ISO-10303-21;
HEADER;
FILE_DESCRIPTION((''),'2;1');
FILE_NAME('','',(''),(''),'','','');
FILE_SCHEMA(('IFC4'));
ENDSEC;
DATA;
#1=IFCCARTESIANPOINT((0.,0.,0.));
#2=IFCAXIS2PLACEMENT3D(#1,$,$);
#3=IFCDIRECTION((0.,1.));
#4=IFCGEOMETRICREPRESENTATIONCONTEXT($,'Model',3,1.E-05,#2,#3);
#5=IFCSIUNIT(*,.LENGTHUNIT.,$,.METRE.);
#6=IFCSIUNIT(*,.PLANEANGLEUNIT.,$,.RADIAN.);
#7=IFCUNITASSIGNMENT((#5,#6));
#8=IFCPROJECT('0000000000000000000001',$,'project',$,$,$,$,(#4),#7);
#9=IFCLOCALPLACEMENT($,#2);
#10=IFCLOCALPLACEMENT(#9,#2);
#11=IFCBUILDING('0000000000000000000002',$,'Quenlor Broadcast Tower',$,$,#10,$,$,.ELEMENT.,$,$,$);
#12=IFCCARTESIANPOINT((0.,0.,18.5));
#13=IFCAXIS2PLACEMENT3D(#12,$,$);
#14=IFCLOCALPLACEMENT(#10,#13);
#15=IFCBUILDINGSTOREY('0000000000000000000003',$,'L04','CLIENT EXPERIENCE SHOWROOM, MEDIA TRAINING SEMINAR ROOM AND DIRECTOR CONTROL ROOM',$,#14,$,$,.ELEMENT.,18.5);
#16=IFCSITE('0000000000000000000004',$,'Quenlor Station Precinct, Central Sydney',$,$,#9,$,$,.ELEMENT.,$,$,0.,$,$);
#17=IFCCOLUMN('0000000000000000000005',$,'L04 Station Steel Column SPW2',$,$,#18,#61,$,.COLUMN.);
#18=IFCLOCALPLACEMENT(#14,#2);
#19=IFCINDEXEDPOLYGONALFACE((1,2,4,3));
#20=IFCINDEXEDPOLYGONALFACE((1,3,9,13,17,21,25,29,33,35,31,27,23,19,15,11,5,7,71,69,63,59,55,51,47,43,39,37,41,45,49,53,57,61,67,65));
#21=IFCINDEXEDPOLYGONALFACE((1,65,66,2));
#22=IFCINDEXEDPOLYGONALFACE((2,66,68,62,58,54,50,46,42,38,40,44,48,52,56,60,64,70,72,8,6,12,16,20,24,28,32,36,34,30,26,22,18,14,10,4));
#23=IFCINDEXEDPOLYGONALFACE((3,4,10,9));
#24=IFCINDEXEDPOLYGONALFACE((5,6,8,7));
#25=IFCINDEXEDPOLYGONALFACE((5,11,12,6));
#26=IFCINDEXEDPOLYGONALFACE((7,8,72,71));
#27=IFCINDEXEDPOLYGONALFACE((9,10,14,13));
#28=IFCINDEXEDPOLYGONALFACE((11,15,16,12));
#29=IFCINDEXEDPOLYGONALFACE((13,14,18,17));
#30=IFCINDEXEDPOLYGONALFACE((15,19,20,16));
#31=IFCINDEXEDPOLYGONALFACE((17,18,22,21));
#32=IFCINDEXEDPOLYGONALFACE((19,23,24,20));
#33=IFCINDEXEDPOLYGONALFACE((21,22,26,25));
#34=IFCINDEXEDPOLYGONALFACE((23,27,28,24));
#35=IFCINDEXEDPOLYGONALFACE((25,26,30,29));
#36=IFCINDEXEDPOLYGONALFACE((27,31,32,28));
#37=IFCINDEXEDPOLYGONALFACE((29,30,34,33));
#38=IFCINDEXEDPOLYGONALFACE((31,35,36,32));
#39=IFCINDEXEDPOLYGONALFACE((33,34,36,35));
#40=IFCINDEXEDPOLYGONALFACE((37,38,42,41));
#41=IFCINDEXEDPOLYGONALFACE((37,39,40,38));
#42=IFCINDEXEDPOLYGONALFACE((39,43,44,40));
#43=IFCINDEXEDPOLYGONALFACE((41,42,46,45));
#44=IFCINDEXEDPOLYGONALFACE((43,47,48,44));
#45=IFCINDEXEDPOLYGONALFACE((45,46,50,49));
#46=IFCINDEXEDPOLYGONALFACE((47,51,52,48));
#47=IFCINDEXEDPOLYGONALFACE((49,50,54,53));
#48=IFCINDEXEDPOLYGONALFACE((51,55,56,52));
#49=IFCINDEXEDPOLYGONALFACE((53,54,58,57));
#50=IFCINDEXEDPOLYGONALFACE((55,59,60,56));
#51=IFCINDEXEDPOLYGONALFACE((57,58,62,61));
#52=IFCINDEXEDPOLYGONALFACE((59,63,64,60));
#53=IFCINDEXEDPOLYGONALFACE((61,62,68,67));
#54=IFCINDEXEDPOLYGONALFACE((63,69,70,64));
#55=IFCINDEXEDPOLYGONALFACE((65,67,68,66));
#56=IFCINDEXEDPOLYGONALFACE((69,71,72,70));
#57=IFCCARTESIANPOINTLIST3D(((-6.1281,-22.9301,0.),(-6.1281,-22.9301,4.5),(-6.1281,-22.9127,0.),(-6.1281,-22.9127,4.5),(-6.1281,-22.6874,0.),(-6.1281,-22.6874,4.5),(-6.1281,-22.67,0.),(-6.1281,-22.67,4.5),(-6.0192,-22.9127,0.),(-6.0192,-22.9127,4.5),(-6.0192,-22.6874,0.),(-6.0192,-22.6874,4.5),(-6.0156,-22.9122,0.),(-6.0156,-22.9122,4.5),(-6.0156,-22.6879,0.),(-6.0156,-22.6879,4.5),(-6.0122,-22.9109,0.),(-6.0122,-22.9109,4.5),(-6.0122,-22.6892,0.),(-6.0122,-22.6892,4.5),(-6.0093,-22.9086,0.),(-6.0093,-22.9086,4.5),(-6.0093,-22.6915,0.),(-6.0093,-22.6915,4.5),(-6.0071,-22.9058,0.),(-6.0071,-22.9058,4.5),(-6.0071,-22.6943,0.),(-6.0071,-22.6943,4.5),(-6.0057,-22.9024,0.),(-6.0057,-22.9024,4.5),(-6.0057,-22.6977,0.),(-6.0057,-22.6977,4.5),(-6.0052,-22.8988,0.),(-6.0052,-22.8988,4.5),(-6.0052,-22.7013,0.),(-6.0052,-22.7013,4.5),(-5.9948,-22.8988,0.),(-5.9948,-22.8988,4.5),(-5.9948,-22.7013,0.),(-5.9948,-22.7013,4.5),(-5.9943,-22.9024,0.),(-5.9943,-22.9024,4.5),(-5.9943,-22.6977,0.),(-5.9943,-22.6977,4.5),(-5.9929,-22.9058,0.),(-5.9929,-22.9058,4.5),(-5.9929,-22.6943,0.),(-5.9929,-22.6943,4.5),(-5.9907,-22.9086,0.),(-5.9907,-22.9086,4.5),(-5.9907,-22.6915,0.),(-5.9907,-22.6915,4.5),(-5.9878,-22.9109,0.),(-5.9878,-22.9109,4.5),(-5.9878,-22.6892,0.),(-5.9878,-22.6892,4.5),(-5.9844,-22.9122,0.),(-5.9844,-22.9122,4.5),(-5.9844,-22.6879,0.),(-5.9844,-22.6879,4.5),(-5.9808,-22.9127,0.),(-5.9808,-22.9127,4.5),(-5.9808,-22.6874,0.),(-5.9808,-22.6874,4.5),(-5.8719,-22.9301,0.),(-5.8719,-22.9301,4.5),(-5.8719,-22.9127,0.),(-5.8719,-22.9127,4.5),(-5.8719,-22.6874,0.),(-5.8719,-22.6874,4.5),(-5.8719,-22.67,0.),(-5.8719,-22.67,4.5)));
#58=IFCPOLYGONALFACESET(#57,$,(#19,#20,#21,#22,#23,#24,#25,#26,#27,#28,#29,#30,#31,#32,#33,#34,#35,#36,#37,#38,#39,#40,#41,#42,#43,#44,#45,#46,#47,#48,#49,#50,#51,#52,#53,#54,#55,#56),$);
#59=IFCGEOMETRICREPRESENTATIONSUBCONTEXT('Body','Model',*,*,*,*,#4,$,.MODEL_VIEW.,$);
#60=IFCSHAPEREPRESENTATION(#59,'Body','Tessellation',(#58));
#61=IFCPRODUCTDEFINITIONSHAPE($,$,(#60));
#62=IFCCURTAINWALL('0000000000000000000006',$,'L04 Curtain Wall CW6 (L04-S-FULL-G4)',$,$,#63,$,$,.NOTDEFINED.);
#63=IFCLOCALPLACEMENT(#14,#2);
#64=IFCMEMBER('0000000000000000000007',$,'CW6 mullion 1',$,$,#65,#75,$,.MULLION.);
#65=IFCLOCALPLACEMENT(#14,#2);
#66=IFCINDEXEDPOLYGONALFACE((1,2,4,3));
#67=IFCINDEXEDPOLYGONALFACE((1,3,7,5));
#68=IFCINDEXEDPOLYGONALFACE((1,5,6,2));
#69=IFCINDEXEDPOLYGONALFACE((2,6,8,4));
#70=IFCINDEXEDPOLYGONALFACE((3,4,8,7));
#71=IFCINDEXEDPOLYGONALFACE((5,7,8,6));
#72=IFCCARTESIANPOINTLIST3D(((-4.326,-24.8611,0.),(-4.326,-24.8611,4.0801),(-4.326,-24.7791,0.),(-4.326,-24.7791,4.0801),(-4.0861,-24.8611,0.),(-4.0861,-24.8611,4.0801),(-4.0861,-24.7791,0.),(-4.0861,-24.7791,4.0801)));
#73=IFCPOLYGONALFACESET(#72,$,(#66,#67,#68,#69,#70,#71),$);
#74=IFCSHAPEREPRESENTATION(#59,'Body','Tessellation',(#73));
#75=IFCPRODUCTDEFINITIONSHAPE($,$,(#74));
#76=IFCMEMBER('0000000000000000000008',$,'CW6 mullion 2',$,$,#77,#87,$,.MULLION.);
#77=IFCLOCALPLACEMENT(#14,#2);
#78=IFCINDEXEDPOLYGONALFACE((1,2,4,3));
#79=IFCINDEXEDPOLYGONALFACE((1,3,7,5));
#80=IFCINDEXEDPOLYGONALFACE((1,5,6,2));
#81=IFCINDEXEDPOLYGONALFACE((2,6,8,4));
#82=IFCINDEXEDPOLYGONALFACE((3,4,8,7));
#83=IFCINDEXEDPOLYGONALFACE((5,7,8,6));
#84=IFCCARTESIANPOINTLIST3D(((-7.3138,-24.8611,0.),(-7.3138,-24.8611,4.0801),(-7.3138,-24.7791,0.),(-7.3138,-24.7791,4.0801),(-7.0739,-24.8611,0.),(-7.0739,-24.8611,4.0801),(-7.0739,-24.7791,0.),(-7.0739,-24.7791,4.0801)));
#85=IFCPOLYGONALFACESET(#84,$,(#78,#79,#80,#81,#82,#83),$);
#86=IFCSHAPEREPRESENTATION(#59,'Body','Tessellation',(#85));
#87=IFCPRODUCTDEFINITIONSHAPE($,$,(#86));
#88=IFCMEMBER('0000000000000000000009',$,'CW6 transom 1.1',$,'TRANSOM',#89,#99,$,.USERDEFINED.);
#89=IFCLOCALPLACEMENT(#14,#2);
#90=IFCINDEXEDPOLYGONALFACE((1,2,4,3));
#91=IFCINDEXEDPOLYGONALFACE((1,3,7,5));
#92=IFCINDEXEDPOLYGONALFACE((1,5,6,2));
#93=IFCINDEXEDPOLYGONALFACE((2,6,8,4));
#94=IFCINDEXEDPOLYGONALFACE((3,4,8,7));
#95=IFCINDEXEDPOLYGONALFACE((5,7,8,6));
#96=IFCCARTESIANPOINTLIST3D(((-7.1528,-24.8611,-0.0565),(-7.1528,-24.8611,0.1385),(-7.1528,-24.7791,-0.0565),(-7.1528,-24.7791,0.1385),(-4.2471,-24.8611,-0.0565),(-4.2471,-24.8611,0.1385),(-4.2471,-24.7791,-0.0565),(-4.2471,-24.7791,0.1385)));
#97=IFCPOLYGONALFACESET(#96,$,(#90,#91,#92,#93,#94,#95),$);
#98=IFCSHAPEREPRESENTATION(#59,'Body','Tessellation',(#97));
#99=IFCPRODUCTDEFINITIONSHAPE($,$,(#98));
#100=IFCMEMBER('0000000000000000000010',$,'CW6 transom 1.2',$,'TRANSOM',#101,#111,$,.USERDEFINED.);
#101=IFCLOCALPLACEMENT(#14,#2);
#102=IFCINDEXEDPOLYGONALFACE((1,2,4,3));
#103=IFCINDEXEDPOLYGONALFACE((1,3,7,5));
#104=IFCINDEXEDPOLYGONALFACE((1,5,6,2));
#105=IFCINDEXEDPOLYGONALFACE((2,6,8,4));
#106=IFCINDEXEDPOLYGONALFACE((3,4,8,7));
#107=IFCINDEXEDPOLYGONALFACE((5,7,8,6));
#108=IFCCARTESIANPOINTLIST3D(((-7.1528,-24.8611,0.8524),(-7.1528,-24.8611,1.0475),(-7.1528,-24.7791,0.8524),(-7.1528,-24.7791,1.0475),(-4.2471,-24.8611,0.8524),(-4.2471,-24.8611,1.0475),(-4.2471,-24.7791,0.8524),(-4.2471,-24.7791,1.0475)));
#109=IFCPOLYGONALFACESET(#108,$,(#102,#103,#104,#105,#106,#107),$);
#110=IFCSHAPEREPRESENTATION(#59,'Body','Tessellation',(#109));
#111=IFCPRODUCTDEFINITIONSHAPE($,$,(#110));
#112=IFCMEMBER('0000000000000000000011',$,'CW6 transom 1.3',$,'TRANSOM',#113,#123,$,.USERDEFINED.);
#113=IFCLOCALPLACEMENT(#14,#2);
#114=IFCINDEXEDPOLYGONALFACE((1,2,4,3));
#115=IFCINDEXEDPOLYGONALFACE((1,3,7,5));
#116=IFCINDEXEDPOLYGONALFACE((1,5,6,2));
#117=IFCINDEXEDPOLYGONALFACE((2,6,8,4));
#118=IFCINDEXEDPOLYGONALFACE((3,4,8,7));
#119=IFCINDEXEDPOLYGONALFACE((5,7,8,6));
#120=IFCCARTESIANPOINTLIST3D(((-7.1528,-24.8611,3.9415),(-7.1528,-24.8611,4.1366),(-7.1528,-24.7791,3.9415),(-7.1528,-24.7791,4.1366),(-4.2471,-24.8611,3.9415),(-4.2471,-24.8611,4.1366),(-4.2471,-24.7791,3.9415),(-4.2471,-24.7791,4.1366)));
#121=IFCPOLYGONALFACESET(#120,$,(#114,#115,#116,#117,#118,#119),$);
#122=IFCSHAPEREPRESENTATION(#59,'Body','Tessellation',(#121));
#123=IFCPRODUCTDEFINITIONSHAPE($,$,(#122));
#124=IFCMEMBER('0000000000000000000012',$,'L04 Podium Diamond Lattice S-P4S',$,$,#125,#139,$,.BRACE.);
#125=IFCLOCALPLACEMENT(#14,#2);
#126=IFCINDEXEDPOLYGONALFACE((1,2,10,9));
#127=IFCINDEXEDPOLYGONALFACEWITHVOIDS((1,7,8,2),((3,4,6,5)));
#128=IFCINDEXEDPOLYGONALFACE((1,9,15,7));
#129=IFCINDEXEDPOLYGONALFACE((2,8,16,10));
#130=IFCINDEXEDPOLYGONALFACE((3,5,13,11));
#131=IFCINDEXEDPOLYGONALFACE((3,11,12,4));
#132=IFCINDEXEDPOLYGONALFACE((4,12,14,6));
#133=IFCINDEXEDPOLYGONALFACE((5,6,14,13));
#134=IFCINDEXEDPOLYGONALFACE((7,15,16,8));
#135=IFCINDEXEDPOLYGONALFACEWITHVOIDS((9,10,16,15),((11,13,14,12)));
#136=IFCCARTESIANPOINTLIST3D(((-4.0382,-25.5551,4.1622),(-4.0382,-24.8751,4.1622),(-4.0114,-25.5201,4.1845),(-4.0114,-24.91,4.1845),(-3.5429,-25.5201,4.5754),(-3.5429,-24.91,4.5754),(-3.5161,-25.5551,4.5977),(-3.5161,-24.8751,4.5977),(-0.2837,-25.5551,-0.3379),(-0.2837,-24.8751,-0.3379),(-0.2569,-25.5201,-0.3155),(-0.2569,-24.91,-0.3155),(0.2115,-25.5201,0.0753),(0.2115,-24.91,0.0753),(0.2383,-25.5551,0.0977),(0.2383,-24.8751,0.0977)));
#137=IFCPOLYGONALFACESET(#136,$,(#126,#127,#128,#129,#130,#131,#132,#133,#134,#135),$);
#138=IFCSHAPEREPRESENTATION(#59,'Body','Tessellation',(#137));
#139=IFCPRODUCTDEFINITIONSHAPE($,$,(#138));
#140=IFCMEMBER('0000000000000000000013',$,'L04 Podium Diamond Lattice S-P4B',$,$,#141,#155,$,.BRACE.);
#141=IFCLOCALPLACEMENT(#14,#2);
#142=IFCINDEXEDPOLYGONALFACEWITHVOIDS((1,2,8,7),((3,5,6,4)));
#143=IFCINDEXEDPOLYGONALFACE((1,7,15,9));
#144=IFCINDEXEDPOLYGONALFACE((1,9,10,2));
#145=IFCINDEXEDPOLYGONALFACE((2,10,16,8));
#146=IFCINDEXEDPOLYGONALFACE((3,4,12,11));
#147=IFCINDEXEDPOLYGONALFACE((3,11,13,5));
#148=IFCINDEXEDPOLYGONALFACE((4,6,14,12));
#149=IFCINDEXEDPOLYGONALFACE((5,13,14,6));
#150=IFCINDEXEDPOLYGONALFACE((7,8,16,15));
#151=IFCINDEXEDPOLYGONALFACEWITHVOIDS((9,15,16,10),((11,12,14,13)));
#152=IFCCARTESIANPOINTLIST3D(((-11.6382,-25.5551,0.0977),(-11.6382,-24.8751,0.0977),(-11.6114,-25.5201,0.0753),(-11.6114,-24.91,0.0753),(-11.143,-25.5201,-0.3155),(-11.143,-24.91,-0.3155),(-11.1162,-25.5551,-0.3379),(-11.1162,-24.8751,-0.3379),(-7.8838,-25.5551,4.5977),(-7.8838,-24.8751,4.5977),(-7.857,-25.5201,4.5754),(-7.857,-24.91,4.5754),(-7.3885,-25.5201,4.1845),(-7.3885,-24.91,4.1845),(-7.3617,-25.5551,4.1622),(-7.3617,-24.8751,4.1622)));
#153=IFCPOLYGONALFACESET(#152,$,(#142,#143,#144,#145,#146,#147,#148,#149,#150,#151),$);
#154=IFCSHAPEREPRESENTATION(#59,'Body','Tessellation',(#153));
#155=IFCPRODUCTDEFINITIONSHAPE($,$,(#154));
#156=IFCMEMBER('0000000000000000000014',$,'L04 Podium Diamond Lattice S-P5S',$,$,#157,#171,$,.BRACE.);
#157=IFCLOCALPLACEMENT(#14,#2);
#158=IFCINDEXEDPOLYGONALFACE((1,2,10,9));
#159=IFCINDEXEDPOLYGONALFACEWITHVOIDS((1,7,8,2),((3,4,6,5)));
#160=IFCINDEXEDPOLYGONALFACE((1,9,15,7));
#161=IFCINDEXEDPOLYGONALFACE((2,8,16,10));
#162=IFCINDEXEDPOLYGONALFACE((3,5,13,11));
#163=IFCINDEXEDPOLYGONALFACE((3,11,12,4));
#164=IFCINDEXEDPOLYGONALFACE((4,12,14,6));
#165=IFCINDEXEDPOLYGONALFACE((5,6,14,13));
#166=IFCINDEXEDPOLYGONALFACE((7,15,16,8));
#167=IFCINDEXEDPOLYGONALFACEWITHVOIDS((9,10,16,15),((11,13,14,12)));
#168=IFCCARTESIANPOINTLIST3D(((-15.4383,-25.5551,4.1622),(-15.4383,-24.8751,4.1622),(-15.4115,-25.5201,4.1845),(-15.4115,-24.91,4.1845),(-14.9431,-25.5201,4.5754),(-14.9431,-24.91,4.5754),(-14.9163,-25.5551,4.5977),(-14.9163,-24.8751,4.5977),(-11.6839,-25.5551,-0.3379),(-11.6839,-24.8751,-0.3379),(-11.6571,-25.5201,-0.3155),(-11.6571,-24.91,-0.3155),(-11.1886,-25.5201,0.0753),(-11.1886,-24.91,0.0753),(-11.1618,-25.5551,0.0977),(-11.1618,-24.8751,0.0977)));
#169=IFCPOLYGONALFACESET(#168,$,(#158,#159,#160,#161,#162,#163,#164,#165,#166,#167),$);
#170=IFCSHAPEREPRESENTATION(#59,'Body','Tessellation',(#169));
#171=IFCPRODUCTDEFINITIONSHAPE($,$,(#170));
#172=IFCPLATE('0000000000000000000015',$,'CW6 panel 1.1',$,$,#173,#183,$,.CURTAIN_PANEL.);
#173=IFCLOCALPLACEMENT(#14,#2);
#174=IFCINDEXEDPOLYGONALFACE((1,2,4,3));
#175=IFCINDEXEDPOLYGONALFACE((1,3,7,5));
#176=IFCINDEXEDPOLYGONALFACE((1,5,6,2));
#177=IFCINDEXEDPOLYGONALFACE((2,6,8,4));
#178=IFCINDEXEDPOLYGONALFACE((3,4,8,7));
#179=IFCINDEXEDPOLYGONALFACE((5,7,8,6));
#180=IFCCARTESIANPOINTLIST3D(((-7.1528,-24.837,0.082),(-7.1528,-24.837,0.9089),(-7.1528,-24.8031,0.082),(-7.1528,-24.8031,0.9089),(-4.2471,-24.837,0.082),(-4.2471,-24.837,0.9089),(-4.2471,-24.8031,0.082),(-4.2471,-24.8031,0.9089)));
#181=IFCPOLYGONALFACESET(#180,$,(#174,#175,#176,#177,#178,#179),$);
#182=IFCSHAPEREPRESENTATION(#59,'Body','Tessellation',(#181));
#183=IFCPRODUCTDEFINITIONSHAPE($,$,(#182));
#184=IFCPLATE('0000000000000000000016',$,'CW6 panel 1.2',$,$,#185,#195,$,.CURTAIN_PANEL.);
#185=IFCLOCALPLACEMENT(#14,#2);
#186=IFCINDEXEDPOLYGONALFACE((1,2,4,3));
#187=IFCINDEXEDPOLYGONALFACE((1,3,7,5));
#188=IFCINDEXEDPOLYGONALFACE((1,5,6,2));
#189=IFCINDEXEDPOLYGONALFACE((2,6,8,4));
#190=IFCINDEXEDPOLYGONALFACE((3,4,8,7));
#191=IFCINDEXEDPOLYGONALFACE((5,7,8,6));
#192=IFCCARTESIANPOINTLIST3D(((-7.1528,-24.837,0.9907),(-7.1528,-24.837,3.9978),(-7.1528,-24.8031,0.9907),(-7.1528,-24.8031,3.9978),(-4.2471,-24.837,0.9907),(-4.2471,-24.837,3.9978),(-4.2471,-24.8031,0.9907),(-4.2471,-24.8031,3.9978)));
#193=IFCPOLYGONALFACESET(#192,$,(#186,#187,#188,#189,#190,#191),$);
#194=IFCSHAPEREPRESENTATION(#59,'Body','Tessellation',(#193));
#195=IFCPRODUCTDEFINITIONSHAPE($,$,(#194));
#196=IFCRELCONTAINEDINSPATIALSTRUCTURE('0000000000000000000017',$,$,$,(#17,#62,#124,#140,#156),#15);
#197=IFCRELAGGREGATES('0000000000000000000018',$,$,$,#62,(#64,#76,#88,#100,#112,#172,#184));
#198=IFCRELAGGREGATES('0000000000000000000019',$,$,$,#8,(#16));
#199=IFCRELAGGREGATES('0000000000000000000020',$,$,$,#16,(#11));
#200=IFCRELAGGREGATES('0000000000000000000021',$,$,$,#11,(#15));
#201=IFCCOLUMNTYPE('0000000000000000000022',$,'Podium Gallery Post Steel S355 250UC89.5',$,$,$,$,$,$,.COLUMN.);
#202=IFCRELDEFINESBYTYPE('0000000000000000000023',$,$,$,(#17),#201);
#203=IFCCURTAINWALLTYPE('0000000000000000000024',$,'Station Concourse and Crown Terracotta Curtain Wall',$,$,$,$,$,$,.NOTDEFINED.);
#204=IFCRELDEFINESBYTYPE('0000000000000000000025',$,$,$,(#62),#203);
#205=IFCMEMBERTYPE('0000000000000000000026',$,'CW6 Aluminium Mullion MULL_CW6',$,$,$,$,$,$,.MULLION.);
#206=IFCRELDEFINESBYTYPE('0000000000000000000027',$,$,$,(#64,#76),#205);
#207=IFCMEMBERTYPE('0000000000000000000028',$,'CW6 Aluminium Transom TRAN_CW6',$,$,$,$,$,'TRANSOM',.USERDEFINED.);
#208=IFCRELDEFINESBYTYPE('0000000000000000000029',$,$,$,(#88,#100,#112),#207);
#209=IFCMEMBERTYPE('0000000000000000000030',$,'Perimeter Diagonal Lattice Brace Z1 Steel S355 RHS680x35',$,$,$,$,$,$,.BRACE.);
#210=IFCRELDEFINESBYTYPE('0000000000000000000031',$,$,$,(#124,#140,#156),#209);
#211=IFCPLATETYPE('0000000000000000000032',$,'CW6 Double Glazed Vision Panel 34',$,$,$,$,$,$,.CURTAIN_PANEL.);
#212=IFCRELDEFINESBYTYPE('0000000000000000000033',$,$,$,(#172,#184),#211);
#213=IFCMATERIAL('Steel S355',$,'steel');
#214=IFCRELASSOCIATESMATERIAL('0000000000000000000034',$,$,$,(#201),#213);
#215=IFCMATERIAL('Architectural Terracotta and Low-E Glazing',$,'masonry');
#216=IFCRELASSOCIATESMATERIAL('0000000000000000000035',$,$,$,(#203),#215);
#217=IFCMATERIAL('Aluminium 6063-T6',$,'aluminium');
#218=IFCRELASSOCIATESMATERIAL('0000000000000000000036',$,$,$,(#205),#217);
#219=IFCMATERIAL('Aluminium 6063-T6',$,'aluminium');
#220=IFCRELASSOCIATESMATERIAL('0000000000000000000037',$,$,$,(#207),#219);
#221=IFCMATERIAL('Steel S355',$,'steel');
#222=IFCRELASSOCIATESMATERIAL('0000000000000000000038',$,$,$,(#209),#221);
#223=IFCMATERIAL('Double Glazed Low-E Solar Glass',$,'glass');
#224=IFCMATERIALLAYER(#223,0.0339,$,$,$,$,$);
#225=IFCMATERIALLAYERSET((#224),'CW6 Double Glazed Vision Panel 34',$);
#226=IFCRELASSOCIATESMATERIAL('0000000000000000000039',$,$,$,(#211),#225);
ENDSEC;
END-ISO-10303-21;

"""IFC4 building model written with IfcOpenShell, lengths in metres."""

from ifc_helpers import new_model, si_unit, direction, frame, origin, origin_2d, place, context, subcontext, project, spatial, rectangle, hollow_rectangle, i_section, extrude, material, layer, layer_set, material_profile, profile_set, type_object, element, aggregate, save


model = new_model("IFC4")

# Units and contexts
model_context = context("Model", 3, precision=1e-05, world=origin(), true_north=direction((0.0, 1.0)))
body_context = subcontext(model_context, "Body", "Model", "MODEL_VIEW")
ifc_project = project(units=[si_unit("LENGTHUNIT", "METRE"), si_unit("PLANEANGLEUNIT", "RADIAN")], contexts=[model_context])

# Site, building, storey
site_placement = place(None, origin())
site = spatial("IfcSite", under=ifc_project, at=site_placement, Name="Quenlor Station Precinct, Central Sydney", CompositionType="ELEMENT", RefElevation=0.0)
building_placement = place(site_placement, origin())
building = spatial("IfcBuilding", under=site, at=building_placement, Name="Quenlor Broadcast Tower", CompositionType="ELEMENT")
storey_placement = place(building_placement, frame((0.0, 0.0, 18.5)))
storey = spatial("IfcBuildingStorey", under=building, at=storey_placement, Name="L04", Description="CLIENT EXPERIENCE SHOWROOM, MEDIA TRAINING SEMINAR ROOM AND DIRECTOR CONTROL ROOM", CompositionType="ELEMENT", Elevation=18.5)

# Column
ifc_material_1 = material(Name="Steel S355", Category="steel")
ifc_material_profile_1 = material_profile(ifc_material_1, i_section(OverallWidth=0.2561, OverallDepth=0.26, WebThickness=0.0105, FlangeThickness=0.0173, FilletRadius=0.0139, at=origin_2d()))
ifc_profile_set_1 = profile_set([ifc_material_profile_1], Name="Steel S355 250UC89.5")
column_type = type_object("IfcColumnType", Name="Podium Gallery Post Steel S355 250UC89.5", PredefinedType="COLUMN", material=ifc_profile_set_1)
column_placement = place(storey_placement, frame((-6.0, -22.8, 0.0), z_axis=(0.0, 0.0, 1.0), x_axis=(1.0, 0.0, 0.0)))
element("IfcColumn", 1, at=column_placement, inside=storey, type_object=column_type, Name="L04 Station Steel Column SPW2", PredefinedType="COLUMN", context=body_context, shape_type="SweptSolid", body=[
    extrude(i_section(OverallWidth=0.2561, OverallDepth=0.26, WebThickness=0.0105, FlangeThickness=0.0173, FilletRadius=0.0139, at=origin_2d()), origin(), (0.0, 0.0, 1.0), 4.5),
])

# Curtain wall, members
ifc_material_2 = material(Name="Architectural Terracotta and Low-E Glazing", Category="masonry")
curtain_wall_type = type_object("IfcCurtainWallType", Name="Station Concourse and Crown Terracotta Curtain Wall", PredefinedType="NOTDEFINED", material=ifc_material_2)
curtain_wall_placement = place(storey_placement, origin())
curtain_wall = element("IfcCurtainWall", 2, at=curtain_wall_placement, inside=storey, type_object=curtain_wall_type, Name="L04 Curtain Wall CW6 (L04-S-FULL-G4)", PredefinedType="NOTDEFINED")
ifc_material_3 = material(Name="Aluminium 6063-T6", Category="aluminium")
ifc_material_profile_2 = material_profile(ifc_material_3, rectangle(XDim=0.082, YDim=0.24, at=origin_2d()))
ifc_profile_set_2 = profile_set([ifc_material_profile_2], Name="Aluminium 6063-T6 MULL82x240")
member_type_1 = type_object("IfcMemberType", Name="CW6 Aluminium Mullion MULL_CW6", PredefinedType="MULLION", material=ifc_profile_set_2)
member_1_placement = place(storey_placement, frame((-4.2061, -24.8201, 0.0), z_axis=(0.0, 0.0, 1.0), x_axis=(0.0, -1.0, 0.0)))
member_1 = element("IfcMember", 3, at=member_1_placement, type_object=member_type_1, Name="CW6 mullion 1", PredefinedType="MULLION", context=body_context, shape_type="SweptSolid", body=[
    extrude(rectangle(XDim=0.082, YDim=0.24, at=origin_2d()), origin(), (0.0, 0.0, 1.0), 4.0801),
])
member_2_placement = place(storey_placement, frame((-7.1938, -24.8201, 0.0), z_axis=(0.0, 0.0, 1.0), x_axis=(0.0, -1.0, 0.0)))
member_2 = element("IfcMember", 4, at=member_2_placement, type_object=member_type_1, Name="CW6 mullion 2", PredefinedType="MULLION", context=body_context, shape_type="SweptSolid", body=[
    extrude(rectangle(XDim=0.082, YDim=0.24, at=origin_2d()), origin(), (0.0, 0.0, 1.0), 4.0801),
])
ifc_material_4 = material(Name="Aluminium 6063-T6", Category="aluminium")
ifc_material_profile_3 = material_profile(ifc_material_4, rectangle(XDim=0.082, YDim=0.1951, at=origin_2d()))
ifc_profile_set_3 = profile_set([ifc_material_profile_3], Name="Aluminium 6063-T6 TRAN82x195")
member_type_2 = type_object("IfcMemberType", Name="CW6 Aluminium Transom TRAN_CW6", ElementType="TRANSOM", PredefinedType="USERDEFINED", material=ifc_profile_set_3)
member_3_placement = place(storey_placement, frame((-4.2471, -24.8201, 0.041), z_axis=(-1.0, 0.0, 0.0), x_axis=(0.0, -1.0, 0.0)))
member_3 = element("IfcMember", 5, at=member_3_placement, type_object=member_type_2, Name="CW6 transom 1.1", ObjectType="TRANSOM", PredefinedType="USERDEFINED", context=body_context, shape_type="SweptSolid", body=[
    extrude(rectangle(XDim=0.082, YDim=0.1951, at=origin_2d()), origin(), (0.0, 0.0, 1.0), 2.9058),
])
member_4_placement = place(storey_placement, frame((-4.2471, -24.8201, 0.95), z_axis=(-1.0, 0.0, 0.0), x_axis=(0.0, -1.0, 0.0)))
member_4 = element("IfcMember", 6, at=member_4_placement, type_object=member_type_2, Name="CW6 transom 1.2", ObjectType="TRANSOM", PredefinedType="USERDEFINED", context=body_context, shape_type="SweptSolid", body=[
    extrude(rectangle(XDim=0.082, YDim=0.1951, at=origin_2d()), origin(), (0.0, 0.0, 1.0), 2.9058),
])
member_5_placement = place(storey_placement, frame((-4.2471, -24.8201, 4.0391), z_axis=(-1.0, 0.0, 0.0), x_axis=(0.0, -1.0, 0.0)))
member_5 = element("IfcMember", 7, at=member_5_placement, type_object=member_type_2, Name="CW6 transom 1.3", ObjectType="TRANSOM", PredefinedType="USERDEFINED", context=body_context, shape_type="SweptSolid", body=[
    extrude(rectangle(XDim=0.082, YDim=0.1951, at=origin_2d()), origin(), (0.0, 0.0, 1.0), 2.9058),
])

# Members
ifc_material_5 = material(Name="Steel S355", Category="steel")
ifc_material_profile_4 = material_profile(ifc_material_5, hollow_rectangle(XDim=0.6799, YDim=0.6799, WallThickness=0.0349, at=origin_2d()))
ifc_profile_set_4 = profile_set([ifc_material_profile_4], Name="Steel S355 RHS680x680x35")
member_type_3 = type_object("IfcMemberType", Name="Perimeter Diagonal Lattice Brace Z1 Steel S355 RHS680x35", PredefinedType="BRACE", material=ifc_profile_set_4)
for number, where, z_axis, x_axis, name in (
    (8, (-0.0227, -25.2151, -0.1201), (-0.640627, 0.0, 0.767852), (0.0, -1.0, 0.0), "L04 Podium Diamond Lattice S-P4S"),
    (9, (-11.3772, -25.2151, -0.1201), (0.640627, 0.0, 0.767852), (0.0, 1.0, 0.0), "L04 Podium Diamond Lattice S-P4B"),
    (10, (-11.4229, -25.2151, -0.1201), (-0.640627, 0.0, 0.767852), (0.0, -1.0, 0.0), "L04 Podium Diamond Lattice S-P5S"),
):
    element("IfcMember", number, at=place(storey_placement, frame(where, z_axis=z_axis, x_axis=x_axis)), inside=storey, type_object=member_type_3, Name=name, PredefinedType="BRACE", context=body_context, shape_type="SweptSolid", body=[
        extrude(hollow_rectangle(XDim=0.6799, YDim=0.6799, WallThickness=0.0349, at=origin_2d()), origin(), (0.0, 0.0, 1.0), 5.8606),
    ])

# Plates
ifc_material_6 = material(Name="Double Glazed Low-E Solar Glass", Category="glass")
ifc_layer_1 = layer(ifc_material_6, 0.0339)
ifc_layer_set_1 = layer_set([ifc_layer_1], Name="CW6 Double Glazed Vision Panel 34")
plate_type_1 = type_object("IfcPlateType", Name="CW6 Double Glazed Vision Panel 34", PredefinedType="CURTAIN_PANEL", material=ifc_layer_set_1)
plate_1_placement = place(storey_placement, frame((-5.7, -24.8201, 0.082), z_axis=(0.0, 0.0, 1.0), x_axis=(-1.0, 0.0, 0.0)))
plate_1 = element("IfcPlate", 11, at=plate_1_placement, type_object=plate_type_1, Name="CW6 panel 1.1", PredefinedType="CURTAIN_PANEL", context=body_context, shape_type="SweptSolid", body=[
    extrude(rectangle(XDim=2.9058, YDim=0.0339, at=origin_2d()), origin(), (0.0, 0.0, 1.0), 0.8269),
])
plate_2_placement = place(storey_placement, frame((-5.7, -24.8201, 0.9907), z_axis=(0.0, 0.0, 1.0), x_axis=(-1.0, 0.0, 0.0)))
plate_2 = element("IfcPlate", 12, at=plate_2_placement, type_object=plate_type_1, Name="CW6 panel 1.2", PredefinedType="CURTAIN_PANEL", context=body_context, shape_type="SweptSolid", body=[
    extrude(rectangle(XDim=2.9058, YDim=0.0339, at=origin_2d()), origin(), (0.0, 0.0, 1.0), 3.0071),
])
aggregate(curtain_wall, [member_1, member_2, member_3, member_4, member_5, plate_1, plate_2])

save(model, "model.ifc")
